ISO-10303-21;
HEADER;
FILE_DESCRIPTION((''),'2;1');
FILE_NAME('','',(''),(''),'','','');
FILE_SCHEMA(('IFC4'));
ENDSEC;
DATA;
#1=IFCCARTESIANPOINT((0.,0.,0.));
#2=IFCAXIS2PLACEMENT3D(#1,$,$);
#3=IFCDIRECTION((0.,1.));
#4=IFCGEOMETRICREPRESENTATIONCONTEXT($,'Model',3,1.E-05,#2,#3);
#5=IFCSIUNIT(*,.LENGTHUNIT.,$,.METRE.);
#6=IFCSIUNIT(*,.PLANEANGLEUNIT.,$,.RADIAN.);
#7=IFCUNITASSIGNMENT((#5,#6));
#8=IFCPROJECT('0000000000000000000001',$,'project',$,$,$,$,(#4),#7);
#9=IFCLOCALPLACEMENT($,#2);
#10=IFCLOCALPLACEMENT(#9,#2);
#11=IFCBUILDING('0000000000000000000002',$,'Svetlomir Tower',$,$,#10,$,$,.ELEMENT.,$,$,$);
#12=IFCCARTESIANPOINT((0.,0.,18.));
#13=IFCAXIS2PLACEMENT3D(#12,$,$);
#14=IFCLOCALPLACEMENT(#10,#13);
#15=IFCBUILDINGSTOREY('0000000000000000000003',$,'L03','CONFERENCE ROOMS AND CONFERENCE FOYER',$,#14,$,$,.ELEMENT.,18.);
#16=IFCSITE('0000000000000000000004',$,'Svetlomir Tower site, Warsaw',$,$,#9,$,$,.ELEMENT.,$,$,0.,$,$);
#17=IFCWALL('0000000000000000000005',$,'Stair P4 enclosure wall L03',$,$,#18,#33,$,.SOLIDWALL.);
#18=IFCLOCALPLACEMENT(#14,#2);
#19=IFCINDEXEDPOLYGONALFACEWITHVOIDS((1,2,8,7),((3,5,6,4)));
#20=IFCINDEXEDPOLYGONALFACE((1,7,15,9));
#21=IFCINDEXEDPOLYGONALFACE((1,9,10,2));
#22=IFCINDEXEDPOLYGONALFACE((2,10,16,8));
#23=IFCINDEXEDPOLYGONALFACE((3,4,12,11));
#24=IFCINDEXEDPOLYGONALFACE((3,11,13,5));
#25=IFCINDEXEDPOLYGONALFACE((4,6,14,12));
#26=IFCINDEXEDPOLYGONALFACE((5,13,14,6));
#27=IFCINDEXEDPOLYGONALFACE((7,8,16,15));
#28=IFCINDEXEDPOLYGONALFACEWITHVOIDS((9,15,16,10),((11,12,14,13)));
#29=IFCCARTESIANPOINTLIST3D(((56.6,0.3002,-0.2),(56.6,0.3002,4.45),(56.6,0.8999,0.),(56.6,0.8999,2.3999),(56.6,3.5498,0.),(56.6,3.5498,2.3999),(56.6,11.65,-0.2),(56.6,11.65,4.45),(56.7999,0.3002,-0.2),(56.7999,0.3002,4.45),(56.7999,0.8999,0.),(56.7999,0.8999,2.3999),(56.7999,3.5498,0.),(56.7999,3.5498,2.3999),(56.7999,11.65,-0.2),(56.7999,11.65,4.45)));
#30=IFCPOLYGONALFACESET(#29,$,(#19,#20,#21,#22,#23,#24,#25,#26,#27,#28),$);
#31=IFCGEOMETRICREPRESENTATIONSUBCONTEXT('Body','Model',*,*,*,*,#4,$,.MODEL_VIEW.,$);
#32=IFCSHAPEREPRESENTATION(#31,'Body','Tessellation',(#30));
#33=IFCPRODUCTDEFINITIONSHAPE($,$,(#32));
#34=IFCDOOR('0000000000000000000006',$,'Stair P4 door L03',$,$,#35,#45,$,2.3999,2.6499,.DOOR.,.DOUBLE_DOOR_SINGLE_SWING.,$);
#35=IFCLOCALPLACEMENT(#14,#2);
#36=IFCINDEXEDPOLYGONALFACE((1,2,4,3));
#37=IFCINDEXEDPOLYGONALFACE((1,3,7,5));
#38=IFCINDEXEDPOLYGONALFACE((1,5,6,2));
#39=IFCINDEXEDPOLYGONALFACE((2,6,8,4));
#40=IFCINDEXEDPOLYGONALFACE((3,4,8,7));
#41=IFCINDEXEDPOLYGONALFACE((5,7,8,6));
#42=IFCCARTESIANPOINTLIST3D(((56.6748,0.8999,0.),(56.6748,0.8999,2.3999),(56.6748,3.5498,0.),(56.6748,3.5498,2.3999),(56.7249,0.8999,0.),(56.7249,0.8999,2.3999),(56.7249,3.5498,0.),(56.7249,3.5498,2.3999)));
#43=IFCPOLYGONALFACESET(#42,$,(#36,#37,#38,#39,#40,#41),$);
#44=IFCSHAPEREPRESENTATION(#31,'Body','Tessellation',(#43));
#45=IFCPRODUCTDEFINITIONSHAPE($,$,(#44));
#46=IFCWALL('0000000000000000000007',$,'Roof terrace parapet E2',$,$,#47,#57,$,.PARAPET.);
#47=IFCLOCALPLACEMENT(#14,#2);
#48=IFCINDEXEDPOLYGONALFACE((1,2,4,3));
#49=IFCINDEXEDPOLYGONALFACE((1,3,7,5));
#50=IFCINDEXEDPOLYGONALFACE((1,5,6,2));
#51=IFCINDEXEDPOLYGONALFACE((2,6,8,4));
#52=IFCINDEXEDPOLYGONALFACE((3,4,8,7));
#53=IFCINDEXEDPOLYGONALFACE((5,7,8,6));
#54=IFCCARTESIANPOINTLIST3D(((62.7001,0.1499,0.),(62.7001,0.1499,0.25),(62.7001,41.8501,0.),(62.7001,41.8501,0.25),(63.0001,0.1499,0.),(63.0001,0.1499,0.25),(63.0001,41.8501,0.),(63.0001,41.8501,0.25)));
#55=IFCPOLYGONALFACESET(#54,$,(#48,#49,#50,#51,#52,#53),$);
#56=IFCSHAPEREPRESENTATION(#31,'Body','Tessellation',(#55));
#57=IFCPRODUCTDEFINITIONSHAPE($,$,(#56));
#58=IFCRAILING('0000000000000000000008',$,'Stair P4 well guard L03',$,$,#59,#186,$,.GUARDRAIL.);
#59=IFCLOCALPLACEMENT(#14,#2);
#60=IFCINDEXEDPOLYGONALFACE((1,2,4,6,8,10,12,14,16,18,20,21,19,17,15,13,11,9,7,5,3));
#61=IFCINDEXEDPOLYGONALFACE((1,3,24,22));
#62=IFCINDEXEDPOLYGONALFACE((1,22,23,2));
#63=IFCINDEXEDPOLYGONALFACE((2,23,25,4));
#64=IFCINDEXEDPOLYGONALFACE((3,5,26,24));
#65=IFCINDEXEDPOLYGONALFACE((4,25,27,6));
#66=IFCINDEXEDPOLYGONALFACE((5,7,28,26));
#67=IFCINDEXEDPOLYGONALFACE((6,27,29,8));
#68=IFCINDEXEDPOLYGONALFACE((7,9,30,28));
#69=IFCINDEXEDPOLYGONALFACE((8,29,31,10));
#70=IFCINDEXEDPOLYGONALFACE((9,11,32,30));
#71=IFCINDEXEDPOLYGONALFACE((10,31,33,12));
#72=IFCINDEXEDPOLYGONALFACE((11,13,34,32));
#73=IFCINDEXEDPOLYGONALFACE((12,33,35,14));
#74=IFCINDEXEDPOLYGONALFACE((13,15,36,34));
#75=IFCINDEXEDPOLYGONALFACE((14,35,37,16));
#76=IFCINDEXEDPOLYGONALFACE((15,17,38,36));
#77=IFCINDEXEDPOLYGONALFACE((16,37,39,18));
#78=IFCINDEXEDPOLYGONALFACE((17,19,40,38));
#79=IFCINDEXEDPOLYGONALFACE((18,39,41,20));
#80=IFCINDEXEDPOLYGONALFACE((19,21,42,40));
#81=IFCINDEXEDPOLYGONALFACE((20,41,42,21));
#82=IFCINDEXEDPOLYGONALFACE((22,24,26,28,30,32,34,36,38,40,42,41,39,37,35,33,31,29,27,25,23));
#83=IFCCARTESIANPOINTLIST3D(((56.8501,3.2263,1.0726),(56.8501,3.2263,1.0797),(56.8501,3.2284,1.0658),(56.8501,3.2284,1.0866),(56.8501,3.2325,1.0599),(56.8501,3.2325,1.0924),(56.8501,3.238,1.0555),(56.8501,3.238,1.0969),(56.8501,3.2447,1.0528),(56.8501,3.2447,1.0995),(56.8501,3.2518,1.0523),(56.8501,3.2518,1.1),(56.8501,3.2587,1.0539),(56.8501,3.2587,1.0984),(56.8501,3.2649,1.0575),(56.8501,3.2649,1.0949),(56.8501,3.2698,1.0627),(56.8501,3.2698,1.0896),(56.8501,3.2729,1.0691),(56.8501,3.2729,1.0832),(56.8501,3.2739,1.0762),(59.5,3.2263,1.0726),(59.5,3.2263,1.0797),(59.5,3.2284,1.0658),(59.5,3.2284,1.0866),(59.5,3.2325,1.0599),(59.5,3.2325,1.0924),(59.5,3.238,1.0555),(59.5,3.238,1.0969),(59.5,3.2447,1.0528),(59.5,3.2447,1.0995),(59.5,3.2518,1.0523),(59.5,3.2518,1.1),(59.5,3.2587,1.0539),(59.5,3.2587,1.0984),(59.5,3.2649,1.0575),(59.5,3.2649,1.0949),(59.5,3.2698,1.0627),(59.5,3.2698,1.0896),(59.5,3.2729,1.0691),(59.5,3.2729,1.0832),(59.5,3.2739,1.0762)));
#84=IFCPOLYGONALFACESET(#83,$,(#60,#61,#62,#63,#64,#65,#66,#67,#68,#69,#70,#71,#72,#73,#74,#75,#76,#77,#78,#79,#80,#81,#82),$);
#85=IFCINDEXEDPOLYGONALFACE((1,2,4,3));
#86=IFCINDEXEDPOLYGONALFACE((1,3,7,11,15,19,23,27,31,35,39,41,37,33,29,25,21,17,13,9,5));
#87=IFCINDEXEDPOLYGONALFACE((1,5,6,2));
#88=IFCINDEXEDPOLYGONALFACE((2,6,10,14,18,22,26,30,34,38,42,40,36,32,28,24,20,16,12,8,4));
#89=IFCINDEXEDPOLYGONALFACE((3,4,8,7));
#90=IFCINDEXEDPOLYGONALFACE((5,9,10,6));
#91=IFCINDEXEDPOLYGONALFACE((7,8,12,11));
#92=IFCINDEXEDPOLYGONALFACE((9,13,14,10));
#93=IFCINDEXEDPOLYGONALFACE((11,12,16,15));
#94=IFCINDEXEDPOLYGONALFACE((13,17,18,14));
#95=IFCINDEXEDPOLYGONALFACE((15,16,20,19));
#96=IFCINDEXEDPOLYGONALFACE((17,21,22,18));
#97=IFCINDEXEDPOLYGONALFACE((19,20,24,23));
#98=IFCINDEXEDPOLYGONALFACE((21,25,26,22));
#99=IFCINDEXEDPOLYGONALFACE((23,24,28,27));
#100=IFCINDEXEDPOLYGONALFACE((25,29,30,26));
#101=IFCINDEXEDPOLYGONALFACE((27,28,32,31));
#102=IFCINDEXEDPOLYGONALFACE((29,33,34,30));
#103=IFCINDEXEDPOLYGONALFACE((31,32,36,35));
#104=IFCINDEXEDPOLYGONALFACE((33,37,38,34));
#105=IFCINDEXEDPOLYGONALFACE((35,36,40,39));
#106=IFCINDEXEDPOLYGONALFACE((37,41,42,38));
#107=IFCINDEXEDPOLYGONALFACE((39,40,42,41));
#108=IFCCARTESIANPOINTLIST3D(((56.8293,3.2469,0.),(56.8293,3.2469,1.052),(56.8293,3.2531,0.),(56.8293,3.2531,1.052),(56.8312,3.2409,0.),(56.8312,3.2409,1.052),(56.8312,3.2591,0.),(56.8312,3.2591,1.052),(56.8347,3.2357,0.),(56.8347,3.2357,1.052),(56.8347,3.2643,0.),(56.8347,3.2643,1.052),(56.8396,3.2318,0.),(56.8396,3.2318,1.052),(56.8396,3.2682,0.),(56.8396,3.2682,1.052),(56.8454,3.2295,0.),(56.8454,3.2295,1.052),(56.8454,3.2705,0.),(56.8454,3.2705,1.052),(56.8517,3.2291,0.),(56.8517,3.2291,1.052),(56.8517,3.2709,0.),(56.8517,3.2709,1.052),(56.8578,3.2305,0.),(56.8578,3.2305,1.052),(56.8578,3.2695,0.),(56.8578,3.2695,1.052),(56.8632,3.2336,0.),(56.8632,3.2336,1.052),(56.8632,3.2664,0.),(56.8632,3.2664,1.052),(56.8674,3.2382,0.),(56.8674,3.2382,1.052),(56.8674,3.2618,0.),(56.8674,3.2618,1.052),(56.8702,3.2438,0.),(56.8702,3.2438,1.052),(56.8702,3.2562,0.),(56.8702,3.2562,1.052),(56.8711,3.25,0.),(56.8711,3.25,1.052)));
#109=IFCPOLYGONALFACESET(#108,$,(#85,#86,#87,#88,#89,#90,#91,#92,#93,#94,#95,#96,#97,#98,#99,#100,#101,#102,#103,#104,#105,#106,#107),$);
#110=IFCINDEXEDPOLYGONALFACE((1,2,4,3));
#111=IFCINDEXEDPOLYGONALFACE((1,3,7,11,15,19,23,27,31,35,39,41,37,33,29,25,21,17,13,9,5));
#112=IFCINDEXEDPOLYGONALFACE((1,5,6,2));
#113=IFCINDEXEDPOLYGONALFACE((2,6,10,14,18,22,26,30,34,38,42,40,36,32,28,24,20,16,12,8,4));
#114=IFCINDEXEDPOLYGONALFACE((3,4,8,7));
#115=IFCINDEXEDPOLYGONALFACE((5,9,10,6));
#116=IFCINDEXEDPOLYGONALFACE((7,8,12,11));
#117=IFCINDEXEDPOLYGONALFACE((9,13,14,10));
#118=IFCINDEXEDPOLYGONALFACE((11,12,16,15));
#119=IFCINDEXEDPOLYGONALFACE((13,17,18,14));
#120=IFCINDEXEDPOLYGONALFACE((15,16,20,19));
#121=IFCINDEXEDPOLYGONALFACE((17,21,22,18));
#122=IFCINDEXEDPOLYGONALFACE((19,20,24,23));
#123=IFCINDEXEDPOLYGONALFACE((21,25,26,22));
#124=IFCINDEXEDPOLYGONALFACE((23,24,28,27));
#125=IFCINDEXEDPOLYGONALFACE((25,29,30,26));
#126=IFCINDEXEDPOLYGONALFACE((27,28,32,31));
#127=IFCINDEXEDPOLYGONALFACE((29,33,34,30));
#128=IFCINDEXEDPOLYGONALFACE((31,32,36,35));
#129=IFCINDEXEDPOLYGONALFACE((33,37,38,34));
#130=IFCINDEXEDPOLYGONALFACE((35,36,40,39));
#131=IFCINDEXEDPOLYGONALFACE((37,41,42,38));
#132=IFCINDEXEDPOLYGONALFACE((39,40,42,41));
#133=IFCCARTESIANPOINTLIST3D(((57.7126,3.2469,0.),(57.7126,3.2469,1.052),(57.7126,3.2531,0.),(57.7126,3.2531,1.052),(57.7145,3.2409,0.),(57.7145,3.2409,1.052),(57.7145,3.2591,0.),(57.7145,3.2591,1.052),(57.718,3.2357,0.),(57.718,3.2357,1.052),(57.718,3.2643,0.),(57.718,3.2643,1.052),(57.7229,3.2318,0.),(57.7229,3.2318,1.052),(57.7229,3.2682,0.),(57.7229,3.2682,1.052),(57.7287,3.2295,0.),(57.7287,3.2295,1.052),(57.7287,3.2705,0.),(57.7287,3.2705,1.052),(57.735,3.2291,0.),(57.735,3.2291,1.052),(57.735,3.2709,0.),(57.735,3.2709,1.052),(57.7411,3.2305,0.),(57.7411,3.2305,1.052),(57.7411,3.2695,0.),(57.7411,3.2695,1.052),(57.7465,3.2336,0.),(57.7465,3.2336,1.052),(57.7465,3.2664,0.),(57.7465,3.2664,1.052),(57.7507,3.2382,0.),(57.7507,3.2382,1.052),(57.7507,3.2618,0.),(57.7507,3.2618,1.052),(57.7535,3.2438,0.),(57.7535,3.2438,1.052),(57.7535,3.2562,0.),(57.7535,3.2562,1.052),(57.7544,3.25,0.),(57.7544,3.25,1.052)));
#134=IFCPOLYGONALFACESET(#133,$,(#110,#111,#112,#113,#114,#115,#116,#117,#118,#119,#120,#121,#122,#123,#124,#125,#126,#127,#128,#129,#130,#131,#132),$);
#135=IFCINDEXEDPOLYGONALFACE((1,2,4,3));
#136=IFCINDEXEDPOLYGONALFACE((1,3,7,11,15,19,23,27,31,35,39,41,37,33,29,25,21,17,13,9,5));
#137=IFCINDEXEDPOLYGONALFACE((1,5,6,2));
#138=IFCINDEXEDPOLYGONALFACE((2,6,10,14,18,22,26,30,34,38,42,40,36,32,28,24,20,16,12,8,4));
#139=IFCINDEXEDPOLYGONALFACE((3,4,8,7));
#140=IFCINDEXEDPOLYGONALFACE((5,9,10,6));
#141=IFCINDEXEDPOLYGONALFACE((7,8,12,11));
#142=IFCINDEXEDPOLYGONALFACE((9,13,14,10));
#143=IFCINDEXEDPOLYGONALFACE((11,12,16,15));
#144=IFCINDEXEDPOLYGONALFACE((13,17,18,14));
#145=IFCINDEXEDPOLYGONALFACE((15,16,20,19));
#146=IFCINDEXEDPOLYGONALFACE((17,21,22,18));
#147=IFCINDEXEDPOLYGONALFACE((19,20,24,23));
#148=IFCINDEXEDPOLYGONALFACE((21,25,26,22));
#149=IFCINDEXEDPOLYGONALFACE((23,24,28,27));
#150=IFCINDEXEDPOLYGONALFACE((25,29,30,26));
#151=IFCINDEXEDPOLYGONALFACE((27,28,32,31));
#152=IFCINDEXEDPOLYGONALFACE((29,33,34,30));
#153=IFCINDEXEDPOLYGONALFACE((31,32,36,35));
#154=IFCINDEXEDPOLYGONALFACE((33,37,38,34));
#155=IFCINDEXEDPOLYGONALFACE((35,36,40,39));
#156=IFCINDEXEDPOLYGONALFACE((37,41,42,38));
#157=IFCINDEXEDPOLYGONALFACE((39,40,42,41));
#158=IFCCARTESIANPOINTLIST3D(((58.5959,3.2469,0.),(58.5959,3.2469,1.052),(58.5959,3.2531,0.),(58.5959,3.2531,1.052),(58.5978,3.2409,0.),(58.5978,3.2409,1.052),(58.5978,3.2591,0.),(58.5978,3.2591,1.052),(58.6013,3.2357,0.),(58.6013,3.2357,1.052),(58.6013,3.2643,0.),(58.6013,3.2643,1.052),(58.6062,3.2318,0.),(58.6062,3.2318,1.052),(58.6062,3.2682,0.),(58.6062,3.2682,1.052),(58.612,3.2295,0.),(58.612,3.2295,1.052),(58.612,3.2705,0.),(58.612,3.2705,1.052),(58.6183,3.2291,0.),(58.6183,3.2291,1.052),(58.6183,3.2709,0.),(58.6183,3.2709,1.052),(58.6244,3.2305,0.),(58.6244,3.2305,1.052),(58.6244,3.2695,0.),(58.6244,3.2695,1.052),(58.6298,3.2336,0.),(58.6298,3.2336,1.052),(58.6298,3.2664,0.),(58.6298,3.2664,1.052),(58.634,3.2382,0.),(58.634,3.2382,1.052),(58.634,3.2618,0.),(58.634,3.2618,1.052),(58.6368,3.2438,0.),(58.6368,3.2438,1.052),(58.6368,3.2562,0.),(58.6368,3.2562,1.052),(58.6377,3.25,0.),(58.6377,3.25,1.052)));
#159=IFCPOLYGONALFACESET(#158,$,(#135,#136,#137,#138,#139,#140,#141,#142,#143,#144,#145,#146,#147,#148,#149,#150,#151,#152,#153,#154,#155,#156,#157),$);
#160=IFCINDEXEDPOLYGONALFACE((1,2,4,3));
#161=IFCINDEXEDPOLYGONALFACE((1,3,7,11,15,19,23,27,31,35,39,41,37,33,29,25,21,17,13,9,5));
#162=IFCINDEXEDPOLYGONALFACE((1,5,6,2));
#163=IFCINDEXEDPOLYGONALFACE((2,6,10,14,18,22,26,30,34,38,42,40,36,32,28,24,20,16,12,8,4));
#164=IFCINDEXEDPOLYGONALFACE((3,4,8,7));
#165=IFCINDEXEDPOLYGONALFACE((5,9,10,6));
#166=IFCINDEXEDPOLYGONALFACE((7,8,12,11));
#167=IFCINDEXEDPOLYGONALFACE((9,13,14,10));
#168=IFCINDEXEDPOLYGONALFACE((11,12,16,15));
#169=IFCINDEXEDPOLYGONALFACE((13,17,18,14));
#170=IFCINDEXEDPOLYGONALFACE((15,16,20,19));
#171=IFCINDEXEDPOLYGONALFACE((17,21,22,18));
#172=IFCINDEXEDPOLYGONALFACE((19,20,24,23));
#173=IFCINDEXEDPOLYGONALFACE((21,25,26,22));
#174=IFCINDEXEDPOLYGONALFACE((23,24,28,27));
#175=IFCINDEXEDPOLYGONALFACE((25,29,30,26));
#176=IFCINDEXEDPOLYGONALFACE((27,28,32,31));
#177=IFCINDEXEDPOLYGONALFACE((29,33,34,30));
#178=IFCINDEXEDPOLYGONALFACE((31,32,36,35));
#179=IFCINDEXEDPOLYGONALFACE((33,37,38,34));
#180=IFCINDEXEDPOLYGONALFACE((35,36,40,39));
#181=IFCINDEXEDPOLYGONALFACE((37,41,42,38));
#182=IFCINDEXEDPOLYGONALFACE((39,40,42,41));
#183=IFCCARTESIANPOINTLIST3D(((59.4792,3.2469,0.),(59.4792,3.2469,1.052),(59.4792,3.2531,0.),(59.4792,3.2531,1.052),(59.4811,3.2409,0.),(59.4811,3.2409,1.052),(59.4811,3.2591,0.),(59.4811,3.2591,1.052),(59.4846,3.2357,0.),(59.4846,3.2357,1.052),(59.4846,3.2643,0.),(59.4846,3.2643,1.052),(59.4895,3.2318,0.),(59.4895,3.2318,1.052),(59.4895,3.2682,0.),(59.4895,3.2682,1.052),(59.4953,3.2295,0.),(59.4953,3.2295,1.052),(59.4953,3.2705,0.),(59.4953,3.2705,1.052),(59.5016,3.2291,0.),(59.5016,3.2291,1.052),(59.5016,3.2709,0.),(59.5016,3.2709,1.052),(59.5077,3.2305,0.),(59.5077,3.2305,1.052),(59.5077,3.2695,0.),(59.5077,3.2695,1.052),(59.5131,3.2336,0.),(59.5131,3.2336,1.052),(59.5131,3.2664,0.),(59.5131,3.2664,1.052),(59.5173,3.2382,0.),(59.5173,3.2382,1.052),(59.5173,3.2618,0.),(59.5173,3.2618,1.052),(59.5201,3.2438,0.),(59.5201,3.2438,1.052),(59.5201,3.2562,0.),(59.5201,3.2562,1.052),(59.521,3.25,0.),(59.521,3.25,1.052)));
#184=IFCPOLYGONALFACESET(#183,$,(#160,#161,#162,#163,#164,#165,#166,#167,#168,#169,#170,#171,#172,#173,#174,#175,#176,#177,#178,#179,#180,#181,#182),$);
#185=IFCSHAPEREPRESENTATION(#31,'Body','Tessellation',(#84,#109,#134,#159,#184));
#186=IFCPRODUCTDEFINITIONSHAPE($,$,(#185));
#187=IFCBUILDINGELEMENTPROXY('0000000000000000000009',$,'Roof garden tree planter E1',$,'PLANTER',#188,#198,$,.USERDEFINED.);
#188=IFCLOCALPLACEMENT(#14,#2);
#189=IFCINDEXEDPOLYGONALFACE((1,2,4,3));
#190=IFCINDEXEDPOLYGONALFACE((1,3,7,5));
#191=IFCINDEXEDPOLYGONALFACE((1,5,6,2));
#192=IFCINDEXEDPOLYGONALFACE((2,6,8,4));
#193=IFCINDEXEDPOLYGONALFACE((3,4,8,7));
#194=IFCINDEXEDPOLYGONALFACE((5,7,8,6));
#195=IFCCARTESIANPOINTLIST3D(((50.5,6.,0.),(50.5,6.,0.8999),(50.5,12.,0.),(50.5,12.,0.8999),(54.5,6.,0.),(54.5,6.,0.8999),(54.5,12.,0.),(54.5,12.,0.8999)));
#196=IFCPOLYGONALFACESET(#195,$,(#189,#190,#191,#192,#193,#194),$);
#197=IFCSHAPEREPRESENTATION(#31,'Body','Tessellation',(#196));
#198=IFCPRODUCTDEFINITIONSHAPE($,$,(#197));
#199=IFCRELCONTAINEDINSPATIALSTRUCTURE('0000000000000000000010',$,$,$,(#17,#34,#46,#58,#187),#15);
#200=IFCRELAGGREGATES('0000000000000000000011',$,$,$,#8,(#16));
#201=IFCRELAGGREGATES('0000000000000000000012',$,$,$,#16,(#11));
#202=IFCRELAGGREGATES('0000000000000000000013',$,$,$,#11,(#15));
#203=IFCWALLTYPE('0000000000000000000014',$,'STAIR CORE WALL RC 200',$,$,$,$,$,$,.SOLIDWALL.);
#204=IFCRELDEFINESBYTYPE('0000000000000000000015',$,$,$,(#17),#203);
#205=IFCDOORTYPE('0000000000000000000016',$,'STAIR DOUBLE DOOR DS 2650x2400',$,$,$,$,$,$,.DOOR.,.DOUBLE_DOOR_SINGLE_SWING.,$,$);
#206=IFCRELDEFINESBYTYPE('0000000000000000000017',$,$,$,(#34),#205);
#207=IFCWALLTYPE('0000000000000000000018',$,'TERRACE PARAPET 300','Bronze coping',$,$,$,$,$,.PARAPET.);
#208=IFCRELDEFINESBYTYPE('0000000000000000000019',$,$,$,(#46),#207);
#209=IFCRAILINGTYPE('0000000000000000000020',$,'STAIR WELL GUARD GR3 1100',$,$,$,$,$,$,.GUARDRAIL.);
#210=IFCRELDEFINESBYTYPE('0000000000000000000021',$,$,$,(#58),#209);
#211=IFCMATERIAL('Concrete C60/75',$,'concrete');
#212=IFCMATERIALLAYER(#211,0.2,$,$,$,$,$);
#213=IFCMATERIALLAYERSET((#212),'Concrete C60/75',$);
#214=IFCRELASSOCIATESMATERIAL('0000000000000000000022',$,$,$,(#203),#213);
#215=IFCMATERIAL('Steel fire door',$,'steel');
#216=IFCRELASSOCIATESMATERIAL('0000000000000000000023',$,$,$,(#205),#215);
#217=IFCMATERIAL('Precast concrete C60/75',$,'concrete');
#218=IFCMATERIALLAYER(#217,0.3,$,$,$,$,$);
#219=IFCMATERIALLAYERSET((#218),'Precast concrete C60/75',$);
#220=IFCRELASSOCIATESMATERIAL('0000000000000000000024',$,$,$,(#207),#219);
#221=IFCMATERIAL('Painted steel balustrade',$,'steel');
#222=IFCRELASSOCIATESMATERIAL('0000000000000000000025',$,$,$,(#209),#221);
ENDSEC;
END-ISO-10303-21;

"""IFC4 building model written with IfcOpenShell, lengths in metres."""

from ifc_helpers import new_model, si_unit, direction, frame, frame_2d, origin, origin_2d, place, context, subcontext, project, spatial, rectangle, circle, extrude, material, layer, layer_set, type_object, element, fill, save


model = new_model("IFC4")

# Units and contexts
model_context = context("Model", 3, precision=1e-05, world=origin(), true_north=direction((0.0, 1.0)))
body_context = subcontext(model_context, "Body", "Model", "MODEL_VIEW")
ifc_project = project(units=[si_unit("LENGTHUNIT", "METRE"), si_unit("PLANEANGLEUNIT", "RADIAN")], contexts=[model_context])

# Site, building, storey
site_placement = place(None, origin())
site = spatial("IfcSite", under=ifc_project, at=site_placement, Name="Svetlomir Tower site, Warsaw", CompositionType="ELEMENT", RefElevation=0.0)
building_placement = place(site_placement, origin())
building = spatial("IfcBuilding", under=site, at=building_placement, Name="Svetlomir Tower", CompositionType="ELEMENT")
storey_placement = place(building_placement, frame((0.0, 0.0, 18.0)))
storey = spatial("IfcBuildingStorey", under=building, at=storey_placement, Name="L03", Description="CONFERENCE ROOMS AND CONFERENCE FOYER", CompositionType="ELEMENT", Elevation=18.0)

# Shared definitions
ifc_material_1 = material(Name="Concrete C60/75", Category="concrete")
ifc_layer_1 = layer(ifc_material_1, 0.2)
ifc_layer_set_1 = layer_set([ifc_layer_1], Name="Concrete C60/75")
wall_type_1 = type_object("IfcWallType", Name="STAIR CORE WALL RC 200", PredefinedType="SOLIDWALL", material=ifc_layer_set_1)

# Wall, opening, door
wall_1_placement = place(storey_placement, frame((56.7, 11.6499, -0.2), z_axis=(0.0, 0.0, 1.0), x_axis=(0.0, -1.0, 0.0)))
wall_1 = element("IfcWall", 1, at=wall_1_placement, inside=storey, type_object=wall_type_1, Name="Stair P4 enclosure wall L03", PredefinedType="SOLIDWALL", context=body_context, shape_type="SweptSolid", body=[
    extrude(rectangle(XDim=11.3499, YDim=0.2, at=frame_2d((5.6748, 0.0))), origin(), (0.0, 0.0, 1.0), 4.6499),
])
opening_placement = place(wall_1_placement, frame((8.1001, 0.0, 0.2)))
opening = element("IfcOpeningElement", 2, at=opening_placement, cuts=wall_1, PredefinedType="OPENING", context=body_context, shape_type="SweptSolid", body=[
    extrude(rectangle(XDim=2.6499, YDim=2.3999, at=frame_2d((1.325, 1.2))), frame((0.0, 0.1099, 0.0), z_axis=(0.0, -1.0, 0.0), x_axis=(1.0, 0.0, 0.0)), (0.0, 0.0, 1.0), 0.22),
])
ifc_material_2 = material(Name="Steel fire door", Category="steel")
door_type = type_object("IfcDoorType", Name="STAIR DOUBLE DOOR DS 2650x2400", OperationType="DOUBLE_DOOR_SINGLE_SWING", PredefinedType="DOOR", material=ifc_material_2)
door_placement = place(opening_placement, origin())
door = element("IfcDoor", 3, at=door_placement, inside=storey, type_object=door_type, Name="Stair P4 door L03", OperationType="DOUBLE_DOOR_SINGLE_SWING", OverallHeight=2.3999, OverallWidth=2.6499, PredefinedType="DOOR", context=body_context, shape_type="SweptSolid", body=[
    extrude(rectangle(XDim=2.6499, YDim=2.3999, at=frame_2d((1.325, 1.2))), frame((0.0, 0.0249, 0.0), z_axis=(0.0, -1.0, 0.0), x_axis=(1.0, 0.0, 0.0)), (0.0, 0.0, 1.0), 0.05),
])
fill(opening, door)

# Wall
ifc_material_3 = material(Name="Precast concrete C60/75", Category="concrete")
ifc_layer_2 = layer(ifc_material_3, 0.3)
ifc_layer_set_2 = layer_set([ifc_layer_2], Name="Precast concrete C60/75")
wall_type_2 = type_object("IfcWallType", Name="TERRACE PARAPET 300", Description="Bronze coping", PredefinedType="PARAPET", material=ifc_layer_set_2)
wall_2_placement = place(storey_placement, frame((62.8501, 0.1499, 0.0), z_axis=(0.0, 0.0, 1.0), x_axis=(0.0, 1.0, 0.0)))
element("IfcWall", 4, at=wall_2_placement, inside=storey, type_object=wall_type_2, Name="Roof terrace parapet E2", PredefinedType="PARAPET", context=body_context, shape_type="SweptSolid", body=[
    extrude(rectangle(XDim=41.7002, YDim=0.3, at=frame_2d((20.8501, 0.0))), origin(), (0.0, 0.0, 1.0), 0.25),
])

# Railing
ifc_material_4 = material(Name="Painted steel balustrade", Category="steel")
railing_type = type_object("IfcRailingType", Name="STAIR WELL GUARD GR3 1100", PredefinedType="GUARDRAIL", material=ifc_material_4)
railing_placement = place(storey_placement, frame((56.8501, 3.25, 0.0)))
element("IfcRailing", 5, at=railing_placement, inside=storey, type_object=railing_type, Name="Stair P4 well guard L03", PredefinedType="GUARDRAIL", context=body_context, shape_type="SweptSolid", body=[
    extrude(circle(Radius=0.0239, at=origin_2d()), frame((0.0, 0.0, 1.0762), z_axis=(1.0, 0.0, 0.0), x_axis=(0.0, 1.0, 0.0)), (0.0, 0.0, 1.0), 2.6499),
    extrude(circle(Radius=0.021, at=origin_2d()), origin(), (0.0, 0.0, 1.0), 1.052),
    extrude(circle(Radius=0.021, at=origin_2d()), frame((0.8833, 0.0, 0.0)), (0.0, 0.0, 1.0), 1.052),
    extrude(circle(Radius=0.021, at=origin_2d()), frame((1.7666, 0.0, 0.0)), (0.0, 0.0, 1.0), 1.052),
    extrude(circle(Radius=0.021, at=origin_2d()), frame((2.6499, 0.0, 0.0)), (0.0, 0.0, 1.0), 1.052),
])

# Building element proxy
proxy_placement = place(storey_placement, frame((52.5, 9.0, 0.0), z_axis=(0.0, 0.0, 1.0), x_axis=(1.0, 0.0, 0.0)))
element("IfcBuildingElementProxy", 6, at=proxy_placement, inside=storey, Name="Roof garden tree planter E1", ObjectType="PLANTER", PredefinedType="USERDEFINED", context=body_context, shape_type="SweptSolid", body=[
    extrude(rectangle(XDim=4.0, YDim=6.0, at=origin_2d()), origin(), (0.0, 0.0, 1.0), 0.8999),
])

save(model, "model.ifc")
